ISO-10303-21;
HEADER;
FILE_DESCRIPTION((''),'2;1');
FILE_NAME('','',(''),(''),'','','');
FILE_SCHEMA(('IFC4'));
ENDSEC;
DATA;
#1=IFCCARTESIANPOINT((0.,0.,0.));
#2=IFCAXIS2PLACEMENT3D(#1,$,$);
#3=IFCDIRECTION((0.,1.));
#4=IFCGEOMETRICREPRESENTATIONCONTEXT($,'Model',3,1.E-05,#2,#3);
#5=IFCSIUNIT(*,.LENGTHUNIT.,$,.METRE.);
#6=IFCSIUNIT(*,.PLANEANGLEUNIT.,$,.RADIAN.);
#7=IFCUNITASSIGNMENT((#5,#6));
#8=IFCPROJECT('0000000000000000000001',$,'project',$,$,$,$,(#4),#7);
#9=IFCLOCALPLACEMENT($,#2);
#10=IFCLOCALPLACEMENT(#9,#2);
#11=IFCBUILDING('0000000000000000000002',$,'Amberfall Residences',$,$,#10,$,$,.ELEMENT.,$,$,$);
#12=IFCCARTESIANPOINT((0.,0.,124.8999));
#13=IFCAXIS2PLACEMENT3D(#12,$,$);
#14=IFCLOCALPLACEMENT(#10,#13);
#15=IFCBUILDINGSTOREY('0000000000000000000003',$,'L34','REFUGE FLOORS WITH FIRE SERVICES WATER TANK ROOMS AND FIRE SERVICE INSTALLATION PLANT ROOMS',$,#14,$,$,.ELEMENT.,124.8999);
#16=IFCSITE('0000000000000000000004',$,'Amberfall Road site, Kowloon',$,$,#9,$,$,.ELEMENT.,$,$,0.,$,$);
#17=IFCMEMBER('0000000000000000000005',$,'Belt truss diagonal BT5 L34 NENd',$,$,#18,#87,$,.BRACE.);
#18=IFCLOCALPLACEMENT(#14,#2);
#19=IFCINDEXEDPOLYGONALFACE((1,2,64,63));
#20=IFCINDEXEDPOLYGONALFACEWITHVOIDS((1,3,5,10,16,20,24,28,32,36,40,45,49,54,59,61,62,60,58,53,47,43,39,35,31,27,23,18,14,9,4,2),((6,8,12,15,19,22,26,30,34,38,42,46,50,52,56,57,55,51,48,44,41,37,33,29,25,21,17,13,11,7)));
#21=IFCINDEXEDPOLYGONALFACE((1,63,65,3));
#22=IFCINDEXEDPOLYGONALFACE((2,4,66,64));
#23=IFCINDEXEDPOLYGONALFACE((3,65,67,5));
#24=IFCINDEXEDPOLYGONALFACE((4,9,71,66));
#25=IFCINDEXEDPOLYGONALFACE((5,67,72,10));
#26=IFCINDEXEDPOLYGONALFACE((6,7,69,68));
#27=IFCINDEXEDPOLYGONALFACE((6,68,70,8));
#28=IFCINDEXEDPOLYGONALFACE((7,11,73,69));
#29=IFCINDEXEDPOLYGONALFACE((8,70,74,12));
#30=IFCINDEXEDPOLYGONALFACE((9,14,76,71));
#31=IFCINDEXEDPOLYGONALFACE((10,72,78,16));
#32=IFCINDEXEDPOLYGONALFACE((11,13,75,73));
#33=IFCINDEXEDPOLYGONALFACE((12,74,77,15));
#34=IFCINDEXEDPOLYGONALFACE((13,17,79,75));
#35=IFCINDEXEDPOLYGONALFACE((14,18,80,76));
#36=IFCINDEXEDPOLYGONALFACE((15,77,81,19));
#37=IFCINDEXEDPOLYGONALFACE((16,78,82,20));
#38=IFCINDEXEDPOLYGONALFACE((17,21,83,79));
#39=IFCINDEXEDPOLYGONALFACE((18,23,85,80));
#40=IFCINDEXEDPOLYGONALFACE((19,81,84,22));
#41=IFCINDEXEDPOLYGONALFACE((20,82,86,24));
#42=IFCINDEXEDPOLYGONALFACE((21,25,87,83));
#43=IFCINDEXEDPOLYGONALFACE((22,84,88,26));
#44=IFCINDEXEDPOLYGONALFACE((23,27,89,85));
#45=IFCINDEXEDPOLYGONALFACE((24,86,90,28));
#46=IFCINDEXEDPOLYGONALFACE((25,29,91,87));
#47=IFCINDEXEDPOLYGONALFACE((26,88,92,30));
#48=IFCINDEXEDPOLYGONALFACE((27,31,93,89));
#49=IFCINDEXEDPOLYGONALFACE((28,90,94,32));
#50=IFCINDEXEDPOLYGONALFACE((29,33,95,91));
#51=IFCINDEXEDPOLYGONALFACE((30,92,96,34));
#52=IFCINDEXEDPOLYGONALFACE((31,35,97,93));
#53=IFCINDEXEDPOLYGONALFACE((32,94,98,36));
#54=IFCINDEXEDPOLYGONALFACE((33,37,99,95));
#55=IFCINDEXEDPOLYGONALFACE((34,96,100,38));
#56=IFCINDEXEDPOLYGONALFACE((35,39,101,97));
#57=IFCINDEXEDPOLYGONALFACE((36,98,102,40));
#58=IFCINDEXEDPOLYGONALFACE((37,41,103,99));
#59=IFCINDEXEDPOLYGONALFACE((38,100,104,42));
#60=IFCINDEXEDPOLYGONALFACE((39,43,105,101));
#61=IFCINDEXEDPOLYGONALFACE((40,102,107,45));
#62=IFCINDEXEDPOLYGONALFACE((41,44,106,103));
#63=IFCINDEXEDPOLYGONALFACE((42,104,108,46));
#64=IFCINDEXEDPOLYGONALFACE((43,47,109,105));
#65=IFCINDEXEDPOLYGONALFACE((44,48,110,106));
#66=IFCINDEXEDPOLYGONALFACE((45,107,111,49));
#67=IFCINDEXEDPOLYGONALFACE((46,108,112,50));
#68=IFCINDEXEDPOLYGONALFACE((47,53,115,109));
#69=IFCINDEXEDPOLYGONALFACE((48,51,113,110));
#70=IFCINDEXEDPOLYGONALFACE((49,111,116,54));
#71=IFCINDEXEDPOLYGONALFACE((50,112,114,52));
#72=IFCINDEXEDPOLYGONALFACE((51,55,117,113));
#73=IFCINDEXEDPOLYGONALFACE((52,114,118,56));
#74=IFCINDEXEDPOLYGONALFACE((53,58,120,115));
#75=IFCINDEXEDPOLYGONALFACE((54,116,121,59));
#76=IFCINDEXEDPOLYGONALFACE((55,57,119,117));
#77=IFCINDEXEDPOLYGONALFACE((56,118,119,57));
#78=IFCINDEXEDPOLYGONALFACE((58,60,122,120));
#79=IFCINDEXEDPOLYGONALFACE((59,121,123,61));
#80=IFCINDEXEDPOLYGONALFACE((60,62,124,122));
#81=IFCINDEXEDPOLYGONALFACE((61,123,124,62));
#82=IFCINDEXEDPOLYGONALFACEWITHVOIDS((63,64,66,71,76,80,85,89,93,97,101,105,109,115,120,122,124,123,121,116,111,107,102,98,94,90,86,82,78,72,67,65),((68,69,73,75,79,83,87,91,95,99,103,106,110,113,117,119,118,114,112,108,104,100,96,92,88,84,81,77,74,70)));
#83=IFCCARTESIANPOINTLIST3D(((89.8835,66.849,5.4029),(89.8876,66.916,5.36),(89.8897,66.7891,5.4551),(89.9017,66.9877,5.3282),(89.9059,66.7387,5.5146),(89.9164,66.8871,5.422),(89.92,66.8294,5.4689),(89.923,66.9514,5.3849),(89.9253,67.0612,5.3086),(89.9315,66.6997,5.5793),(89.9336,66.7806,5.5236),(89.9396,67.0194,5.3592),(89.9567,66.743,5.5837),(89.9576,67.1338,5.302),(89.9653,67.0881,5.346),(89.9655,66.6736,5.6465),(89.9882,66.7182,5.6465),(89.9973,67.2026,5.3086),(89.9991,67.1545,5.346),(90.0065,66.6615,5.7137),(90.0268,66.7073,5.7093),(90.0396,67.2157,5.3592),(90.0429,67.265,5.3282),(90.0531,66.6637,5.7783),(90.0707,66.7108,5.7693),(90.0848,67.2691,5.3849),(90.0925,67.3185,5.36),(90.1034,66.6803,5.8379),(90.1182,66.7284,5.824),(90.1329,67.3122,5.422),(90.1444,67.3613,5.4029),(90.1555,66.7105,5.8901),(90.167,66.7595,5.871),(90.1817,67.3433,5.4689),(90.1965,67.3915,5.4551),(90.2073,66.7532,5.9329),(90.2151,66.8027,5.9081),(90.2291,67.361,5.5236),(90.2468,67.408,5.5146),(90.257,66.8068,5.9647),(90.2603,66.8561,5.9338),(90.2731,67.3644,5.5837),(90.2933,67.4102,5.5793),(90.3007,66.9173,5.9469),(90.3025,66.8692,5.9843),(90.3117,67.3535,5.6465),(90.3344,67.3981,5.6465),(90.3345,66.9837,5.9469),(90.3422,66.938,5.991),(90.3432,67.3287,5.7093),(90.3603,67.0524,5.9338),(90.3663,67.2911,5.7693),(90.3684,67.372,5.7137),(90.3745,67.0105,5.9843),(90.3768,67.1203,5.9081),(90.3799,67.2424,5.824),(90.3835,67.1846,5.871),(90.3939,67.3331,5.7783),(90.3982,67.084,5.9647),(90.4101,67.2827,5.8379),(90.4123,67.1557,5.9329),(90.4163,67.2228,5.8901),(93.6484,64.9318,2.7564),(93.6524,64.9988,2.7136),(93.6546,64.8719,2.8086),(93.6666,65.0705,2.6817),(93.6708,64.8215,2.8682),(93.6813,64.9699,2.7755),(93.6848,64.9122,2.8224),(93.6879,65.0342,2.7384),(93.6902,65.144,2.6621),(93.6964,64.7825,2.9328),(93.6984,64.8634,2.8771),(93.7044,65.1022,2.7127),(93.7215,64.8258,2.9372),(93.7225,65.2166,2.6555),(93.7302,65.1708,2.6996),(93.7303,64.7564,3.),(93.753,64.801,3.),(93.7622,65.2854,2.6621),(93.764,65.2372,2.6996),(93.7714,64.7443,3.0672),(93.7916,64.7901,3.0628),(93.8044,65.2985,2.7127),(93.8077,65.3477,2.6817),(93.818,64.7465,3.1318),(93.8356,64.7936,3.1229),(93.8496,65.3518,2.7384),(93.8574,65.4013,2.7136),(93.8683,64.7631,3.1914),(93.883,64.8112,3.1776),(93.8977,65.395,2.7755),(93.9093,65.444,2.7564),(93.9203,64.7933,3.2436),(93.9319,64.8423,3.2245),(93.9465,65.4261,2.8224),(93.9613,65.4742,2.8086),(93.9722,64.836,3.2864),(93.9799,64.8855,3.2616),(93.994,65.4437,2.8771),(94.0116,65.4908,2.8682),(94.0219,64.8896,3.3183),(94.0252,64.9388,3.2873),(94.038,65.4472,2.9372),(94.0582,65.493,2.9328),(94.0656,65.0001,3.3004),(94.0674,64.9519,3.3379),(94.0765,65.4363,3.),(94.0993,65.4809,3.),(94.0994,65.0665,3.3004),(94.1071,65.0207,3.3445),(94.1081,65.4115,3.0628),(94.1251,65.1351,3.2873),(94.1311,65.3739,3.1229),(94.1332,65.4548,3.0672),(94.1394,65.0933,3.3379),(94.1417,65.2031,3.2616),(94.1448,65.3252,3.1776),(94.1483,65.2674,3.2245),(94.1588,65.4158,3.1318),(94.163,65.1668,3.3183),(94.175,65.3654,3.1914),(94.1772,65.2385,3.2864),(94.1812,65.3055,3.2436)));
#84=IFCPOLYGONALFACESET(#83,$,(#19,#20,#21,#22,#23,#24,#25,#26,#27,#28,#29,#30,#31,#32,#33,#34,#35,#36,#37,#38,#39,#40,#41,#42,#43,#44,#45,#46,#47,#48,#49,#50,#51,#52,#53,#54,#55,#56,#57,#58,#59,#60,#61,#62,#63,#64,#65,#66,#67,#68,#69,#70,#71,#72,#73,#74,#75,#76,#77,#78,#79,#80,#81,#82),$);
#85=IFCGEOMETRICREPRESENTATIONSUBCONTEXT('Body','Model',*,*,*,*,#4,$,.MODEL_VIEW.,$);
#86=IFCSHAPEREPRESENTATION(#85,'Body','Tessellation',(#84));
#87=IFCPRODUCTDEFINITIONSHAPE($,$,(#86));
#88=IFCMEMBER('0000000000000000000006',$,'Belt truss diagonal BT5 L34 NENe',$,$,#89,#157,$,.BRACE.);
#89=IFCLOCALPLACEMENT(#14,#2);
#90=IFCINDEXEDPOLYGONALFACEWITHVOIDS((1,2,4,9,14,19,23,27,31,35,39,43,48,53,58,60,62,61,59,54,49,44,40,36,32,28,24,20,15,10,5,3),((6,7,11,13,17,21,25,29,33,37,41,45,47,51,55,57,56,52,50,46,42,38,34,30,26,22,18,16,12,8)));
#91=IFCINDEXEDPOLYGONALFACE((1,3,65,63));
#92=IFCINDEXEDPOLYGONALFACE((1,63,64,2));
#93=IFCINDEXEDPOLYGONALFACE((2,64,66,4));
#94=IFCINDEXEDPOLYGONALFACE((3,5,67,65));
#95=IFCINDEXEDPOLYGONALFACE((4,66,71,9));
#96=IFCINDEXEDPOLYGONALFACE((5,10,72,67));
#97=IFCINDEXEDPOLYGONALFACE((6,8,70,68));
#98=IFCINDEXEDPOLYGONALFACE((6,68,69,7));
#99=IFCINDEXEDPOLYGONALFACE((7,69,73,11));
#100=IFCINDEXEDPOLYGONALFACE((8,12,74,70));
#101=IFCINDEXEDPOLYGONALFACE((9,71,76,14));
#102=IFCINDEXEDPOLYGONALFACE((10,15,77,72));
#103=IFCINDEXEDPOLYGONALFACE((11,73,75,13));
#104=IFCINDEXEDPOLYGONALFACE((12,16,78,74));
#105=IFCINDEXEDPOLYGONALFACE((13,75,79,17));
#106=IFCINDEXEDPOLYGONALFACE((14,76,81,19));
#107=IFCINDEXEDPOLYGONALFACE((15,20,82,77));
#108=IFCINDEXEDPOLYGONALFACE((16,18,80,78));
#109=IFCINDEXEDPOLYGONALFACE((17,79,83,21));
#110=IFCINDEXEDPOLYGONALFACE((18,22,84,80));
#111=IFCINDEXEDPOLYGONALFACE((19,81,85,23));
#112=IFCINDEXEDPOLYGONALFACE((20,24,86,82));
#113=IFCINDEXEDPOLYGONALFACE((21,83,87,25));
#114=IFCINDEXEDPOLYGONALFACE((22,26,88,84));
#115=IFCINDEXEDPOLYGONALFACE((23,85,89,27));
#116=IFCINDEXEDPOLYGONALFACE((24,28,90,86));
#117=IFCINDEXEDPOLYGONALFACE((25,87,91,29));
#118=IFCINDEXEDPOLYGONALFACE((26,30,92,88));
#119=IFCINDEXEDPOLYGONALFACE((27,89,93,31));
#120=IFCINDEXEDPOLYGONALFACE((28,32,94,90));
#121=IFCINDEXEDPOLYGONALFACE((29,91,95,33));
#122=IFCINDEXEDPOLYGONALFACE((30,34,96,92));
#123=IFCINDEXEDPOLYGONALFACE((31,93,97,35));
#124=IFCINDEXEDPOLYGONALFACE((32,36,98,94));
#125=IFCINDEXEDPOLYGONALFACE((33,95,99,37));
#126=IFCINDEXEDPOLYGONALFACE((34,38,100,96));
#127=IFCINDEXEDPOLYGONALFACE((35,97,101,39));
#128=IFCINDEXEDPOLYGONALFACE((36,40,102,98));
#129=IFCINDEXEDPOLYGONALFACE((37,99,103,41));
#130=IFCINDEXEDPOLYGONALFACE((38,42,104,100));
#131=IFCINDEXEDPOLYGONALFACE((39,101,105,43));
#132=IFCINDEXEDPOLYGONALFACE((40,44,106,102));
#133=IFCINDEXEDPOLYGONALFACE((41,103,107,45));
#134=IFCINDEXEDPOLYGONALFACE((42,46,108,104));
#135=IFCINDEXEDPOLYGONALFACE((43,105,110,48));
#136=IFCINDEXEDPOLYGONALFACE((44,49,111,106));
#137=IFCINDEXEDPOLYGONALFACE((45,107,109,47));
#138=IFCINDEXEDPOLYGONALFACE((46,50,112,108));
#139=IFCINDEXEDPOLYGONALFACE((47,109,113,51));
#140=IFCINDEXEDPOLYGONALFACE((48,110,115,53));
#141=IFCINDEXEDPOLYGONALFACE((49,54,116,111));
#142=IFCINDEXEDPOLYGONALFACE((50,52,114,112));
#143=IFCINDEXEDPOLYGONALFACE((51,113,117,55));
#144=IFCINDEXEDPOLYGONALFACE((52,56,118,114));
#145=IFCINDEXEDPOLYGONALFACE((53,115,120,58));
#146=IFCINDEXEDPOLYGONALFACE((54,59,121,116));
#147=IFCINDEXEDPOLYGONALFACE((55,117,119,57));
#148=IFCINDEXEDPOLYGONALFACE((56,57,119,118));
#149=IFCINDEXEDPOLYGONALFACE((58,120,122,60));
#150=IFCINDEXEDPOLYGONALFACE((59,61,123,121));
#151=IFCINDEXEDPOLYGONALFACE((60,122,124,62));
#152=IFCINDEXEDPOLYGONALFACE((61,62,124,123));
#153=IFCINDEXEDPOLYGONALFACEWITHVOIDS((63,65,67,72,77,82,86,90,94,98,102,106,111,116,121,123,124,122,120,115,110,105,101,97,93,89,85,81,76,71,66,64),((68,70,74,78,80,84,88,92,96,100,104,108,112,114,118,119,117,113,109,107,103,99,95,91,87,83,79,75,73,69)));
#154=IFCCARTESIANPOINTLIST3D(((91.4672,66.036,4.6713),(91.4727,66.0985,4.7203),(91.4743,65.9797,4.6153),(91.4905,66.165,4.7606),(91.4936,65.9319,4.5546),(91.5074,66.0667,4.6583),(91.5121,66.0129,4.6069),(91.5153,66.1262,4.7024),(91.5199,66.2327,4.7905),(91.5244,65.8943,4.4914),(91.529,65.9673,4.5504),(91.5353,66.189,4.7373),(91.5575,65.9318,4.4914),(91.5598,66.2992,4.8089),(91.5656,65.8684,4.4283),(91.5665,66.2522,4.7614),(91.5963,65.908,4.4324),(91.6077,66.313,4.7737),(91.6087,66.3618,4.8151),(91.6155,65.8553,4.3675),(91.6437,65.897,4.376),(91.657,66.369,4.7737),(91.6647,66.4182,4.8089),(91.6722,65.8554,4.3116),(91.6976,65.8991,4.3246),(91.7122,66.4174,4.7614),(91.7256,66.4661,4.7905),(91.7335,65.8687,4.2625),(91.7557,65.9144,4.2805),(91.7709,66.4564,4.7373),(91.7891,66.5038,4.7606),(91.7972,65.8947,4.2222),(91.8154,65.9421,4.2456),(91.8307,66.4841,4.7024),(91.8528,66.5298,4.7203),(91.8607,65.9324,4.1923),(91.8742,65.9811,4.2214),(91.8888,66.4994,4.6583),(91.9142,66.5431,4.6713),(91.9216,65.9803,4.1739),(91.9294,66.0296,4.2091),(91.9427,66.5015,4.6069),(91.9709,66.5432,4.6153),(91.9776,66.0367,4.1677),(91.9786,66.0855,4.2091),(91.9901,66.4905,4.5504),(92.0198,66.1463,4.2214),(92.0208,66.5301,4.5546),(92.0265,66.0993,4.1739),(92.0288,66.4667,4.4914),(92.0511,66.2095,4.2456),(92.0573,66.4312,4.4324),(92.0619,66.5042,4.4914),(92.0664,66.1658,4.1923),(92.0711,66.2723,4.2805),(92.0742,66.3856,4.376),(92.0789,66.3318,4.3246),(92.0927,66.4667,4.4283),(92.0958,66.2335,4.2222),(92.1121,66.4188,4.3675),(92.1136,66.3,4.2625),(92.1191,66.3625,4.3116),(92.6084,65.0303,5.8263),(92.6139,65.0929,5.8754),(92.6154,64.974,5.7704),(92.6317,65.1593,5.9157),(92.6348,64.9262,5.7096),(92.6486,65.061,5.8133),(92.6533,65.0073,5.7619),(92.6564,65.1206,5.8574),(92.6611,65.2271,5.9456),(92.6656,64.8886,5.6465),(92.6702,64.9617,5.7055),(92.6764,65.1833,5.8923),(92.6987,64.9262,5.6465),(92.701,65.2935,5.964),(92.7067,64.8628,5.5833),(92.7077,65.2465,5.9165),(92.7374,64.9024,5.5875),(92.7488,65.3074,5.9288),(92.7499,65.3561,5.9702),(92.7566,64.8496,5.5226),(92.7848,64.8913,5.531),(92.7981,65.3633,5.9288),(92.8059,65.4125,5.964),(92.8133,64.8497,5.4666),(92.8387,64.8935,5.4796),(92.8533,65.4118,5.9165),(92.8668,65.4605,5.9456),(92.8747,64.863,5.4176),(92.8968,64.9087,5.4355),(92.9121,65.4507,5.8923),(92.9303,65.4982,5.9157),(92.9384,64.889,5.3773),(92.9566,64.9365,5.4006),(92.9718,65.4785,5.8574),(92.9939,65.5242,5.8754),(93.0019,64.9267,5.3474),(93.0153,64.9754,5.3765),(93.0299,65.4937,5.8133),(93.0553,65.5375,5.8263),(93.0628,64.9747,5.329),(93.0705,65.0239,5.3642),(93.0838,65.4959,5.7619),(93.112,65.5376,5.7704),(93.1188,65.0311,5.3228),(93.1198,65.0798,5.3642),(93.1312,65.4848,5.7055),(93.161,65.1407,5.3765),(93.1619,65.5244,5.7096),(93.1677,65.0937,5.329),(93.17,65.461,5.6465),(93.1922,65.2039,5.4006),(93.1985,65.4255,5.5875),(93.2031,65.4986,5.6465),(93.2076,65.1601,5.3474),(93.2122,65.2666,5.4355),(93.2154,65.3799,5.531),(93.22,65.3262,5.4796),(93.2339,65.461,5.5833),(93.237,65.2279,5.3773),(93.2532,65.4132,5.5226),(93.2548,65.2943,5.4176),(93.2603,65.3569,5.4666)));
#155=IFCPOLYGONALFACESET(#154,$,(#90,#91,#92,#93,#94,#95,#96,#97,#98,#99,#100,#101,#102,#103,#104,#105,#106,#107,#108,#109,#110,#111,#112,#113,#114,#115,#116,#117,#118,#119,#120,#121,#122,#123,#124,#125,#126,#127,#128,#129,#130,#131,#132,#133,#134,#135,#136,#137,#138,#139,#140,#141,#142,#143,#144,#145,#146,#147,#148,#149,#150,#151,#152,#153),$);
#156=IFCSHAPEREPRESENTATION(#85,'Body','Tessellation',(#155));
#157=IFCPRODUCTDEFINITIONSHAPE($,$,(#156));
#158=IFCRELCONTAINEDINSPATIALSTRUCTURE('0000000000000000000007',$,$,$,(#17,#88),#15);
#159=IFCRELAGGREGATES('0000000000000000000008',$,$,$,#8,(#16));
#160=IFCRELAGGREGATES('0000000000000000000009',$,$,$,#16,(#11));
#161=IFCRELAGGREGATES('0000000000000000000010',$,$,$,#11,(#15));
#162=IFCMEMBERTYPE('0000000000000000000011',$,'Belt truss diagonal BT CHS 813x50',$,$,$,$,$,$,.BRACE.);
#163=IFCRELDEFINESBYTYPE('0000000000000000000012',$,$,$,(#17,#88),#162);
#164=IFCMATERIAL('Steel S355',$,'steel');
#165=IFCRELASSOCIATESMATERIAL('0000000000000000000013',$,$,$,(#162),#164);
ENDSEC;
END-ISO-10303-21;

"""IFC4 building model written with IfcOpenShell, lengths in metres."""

from ifc_helpers import new_model, si_unit, direction, frame, origin, origin_2d, place, context, subcontext, project, spatial, hollow_circle, extrude, material, material_profile, profile_set, type_object, element, save


model = new_model("IFC4")

# Units and contexts
model_context = context("Model", 3, precision=1e-05, world=origin(), true_north=direction((0.0, 1.0)))
body_context = subcontext(model_context, "Body", "Model", "MODEL_VIEW")
ifc_project = project(units=[si_unit("LENGTHUNIT", "METRE"), si_unit("PLANEANGLEUNIT", "RADIAN")], contexts=[model_context])

# Site, building, storey
site_placement = place(None, origin())
site = spatial("IfcSite", under=ifc_project, at=site_placement, Name="Amberfall Road site, Kowloon", CompositionType="ELEMENT", RefElevation=0.0)
building_placement = place(site_placement, origin())
building = spatial("IfcBuilding", under=site, at=building_placement, Name="Amberfall Residences", CompositionType="ELEMENT")
storey_placement = place(building_placement, frame((0.0, 0.0, 124.8999)))
storey = spatial("IfcBuildingStorey", under=building, at=storey_placement, Name="L34", Description="REFUGE FLOORS WITH FIRE SERVICES WATER TANK ROOMS AND FIRE SERVICE INSTALLATION PLANT ROOMS", CompositionType="ELEMENT", Elevation=124.8999)

# Shared definitions
ifc_material_1 = material(Name="Steel S355", Category="steel")

# Members
ifc_material_profile_1 = material_profile(ifc_material_1, hollow_circle(Radius=0.4065, WallThickness=0.05, at=origin_2d()), Name="CHS 813x50")
ifc_profile_set_1 = profile_set([ifc_material_profile_1], Name="Steel S355")
member_type = type_object("IfcMemberType", Name="Belt truss diagonal BT CHS 813x50", PredefinedType="BRACE", material=ifc_profile_set_1)
member_1_placement = place(storey_placement, frame((93.9148, 65.1187, 3.0), z_axis=(-0.755186, 0.384571, 0.530848), x_axis=(-0.453789, -0.891109, 0.0)))
element("IfcMember", 1, at=member_1_placement, inside=storey, type_object=member_type, Name="Belt truss diagonal BT5 L34 NENd", PredefinedType="BRACE", context=body_context, shape_type="SweptSolid", body=[
    extrude(hollow_circle(Radius=0.4065, WallThickness=0.05, at=origin_2d()), origin(), (0.0, 0.0, 1.0), 4.9854),
])
member_2_placement = place(storey_placement, frame((92.9343, 65.1936, 5.6465), z_axis=(-0.597491, 0.526544, -0.604778), x_axis=(-0.66116, -0.750245, 0.0)))
element("IfcMember", 2, at=member_2_placement, inside=storey, type_object=member_type, Name="Belt truss diagonal BT5 L34 NENe", PredefinedType="BRACE", context=body_context, shape_type="SweptSolid", body=[
    extrude(hollow_circle(Radius=0.4065, WallThickness=0.05, at=origin_2d()), origin(), (0.0, 0.0, 1.0), 1.9099),
])

save(model, "model.ifc")
